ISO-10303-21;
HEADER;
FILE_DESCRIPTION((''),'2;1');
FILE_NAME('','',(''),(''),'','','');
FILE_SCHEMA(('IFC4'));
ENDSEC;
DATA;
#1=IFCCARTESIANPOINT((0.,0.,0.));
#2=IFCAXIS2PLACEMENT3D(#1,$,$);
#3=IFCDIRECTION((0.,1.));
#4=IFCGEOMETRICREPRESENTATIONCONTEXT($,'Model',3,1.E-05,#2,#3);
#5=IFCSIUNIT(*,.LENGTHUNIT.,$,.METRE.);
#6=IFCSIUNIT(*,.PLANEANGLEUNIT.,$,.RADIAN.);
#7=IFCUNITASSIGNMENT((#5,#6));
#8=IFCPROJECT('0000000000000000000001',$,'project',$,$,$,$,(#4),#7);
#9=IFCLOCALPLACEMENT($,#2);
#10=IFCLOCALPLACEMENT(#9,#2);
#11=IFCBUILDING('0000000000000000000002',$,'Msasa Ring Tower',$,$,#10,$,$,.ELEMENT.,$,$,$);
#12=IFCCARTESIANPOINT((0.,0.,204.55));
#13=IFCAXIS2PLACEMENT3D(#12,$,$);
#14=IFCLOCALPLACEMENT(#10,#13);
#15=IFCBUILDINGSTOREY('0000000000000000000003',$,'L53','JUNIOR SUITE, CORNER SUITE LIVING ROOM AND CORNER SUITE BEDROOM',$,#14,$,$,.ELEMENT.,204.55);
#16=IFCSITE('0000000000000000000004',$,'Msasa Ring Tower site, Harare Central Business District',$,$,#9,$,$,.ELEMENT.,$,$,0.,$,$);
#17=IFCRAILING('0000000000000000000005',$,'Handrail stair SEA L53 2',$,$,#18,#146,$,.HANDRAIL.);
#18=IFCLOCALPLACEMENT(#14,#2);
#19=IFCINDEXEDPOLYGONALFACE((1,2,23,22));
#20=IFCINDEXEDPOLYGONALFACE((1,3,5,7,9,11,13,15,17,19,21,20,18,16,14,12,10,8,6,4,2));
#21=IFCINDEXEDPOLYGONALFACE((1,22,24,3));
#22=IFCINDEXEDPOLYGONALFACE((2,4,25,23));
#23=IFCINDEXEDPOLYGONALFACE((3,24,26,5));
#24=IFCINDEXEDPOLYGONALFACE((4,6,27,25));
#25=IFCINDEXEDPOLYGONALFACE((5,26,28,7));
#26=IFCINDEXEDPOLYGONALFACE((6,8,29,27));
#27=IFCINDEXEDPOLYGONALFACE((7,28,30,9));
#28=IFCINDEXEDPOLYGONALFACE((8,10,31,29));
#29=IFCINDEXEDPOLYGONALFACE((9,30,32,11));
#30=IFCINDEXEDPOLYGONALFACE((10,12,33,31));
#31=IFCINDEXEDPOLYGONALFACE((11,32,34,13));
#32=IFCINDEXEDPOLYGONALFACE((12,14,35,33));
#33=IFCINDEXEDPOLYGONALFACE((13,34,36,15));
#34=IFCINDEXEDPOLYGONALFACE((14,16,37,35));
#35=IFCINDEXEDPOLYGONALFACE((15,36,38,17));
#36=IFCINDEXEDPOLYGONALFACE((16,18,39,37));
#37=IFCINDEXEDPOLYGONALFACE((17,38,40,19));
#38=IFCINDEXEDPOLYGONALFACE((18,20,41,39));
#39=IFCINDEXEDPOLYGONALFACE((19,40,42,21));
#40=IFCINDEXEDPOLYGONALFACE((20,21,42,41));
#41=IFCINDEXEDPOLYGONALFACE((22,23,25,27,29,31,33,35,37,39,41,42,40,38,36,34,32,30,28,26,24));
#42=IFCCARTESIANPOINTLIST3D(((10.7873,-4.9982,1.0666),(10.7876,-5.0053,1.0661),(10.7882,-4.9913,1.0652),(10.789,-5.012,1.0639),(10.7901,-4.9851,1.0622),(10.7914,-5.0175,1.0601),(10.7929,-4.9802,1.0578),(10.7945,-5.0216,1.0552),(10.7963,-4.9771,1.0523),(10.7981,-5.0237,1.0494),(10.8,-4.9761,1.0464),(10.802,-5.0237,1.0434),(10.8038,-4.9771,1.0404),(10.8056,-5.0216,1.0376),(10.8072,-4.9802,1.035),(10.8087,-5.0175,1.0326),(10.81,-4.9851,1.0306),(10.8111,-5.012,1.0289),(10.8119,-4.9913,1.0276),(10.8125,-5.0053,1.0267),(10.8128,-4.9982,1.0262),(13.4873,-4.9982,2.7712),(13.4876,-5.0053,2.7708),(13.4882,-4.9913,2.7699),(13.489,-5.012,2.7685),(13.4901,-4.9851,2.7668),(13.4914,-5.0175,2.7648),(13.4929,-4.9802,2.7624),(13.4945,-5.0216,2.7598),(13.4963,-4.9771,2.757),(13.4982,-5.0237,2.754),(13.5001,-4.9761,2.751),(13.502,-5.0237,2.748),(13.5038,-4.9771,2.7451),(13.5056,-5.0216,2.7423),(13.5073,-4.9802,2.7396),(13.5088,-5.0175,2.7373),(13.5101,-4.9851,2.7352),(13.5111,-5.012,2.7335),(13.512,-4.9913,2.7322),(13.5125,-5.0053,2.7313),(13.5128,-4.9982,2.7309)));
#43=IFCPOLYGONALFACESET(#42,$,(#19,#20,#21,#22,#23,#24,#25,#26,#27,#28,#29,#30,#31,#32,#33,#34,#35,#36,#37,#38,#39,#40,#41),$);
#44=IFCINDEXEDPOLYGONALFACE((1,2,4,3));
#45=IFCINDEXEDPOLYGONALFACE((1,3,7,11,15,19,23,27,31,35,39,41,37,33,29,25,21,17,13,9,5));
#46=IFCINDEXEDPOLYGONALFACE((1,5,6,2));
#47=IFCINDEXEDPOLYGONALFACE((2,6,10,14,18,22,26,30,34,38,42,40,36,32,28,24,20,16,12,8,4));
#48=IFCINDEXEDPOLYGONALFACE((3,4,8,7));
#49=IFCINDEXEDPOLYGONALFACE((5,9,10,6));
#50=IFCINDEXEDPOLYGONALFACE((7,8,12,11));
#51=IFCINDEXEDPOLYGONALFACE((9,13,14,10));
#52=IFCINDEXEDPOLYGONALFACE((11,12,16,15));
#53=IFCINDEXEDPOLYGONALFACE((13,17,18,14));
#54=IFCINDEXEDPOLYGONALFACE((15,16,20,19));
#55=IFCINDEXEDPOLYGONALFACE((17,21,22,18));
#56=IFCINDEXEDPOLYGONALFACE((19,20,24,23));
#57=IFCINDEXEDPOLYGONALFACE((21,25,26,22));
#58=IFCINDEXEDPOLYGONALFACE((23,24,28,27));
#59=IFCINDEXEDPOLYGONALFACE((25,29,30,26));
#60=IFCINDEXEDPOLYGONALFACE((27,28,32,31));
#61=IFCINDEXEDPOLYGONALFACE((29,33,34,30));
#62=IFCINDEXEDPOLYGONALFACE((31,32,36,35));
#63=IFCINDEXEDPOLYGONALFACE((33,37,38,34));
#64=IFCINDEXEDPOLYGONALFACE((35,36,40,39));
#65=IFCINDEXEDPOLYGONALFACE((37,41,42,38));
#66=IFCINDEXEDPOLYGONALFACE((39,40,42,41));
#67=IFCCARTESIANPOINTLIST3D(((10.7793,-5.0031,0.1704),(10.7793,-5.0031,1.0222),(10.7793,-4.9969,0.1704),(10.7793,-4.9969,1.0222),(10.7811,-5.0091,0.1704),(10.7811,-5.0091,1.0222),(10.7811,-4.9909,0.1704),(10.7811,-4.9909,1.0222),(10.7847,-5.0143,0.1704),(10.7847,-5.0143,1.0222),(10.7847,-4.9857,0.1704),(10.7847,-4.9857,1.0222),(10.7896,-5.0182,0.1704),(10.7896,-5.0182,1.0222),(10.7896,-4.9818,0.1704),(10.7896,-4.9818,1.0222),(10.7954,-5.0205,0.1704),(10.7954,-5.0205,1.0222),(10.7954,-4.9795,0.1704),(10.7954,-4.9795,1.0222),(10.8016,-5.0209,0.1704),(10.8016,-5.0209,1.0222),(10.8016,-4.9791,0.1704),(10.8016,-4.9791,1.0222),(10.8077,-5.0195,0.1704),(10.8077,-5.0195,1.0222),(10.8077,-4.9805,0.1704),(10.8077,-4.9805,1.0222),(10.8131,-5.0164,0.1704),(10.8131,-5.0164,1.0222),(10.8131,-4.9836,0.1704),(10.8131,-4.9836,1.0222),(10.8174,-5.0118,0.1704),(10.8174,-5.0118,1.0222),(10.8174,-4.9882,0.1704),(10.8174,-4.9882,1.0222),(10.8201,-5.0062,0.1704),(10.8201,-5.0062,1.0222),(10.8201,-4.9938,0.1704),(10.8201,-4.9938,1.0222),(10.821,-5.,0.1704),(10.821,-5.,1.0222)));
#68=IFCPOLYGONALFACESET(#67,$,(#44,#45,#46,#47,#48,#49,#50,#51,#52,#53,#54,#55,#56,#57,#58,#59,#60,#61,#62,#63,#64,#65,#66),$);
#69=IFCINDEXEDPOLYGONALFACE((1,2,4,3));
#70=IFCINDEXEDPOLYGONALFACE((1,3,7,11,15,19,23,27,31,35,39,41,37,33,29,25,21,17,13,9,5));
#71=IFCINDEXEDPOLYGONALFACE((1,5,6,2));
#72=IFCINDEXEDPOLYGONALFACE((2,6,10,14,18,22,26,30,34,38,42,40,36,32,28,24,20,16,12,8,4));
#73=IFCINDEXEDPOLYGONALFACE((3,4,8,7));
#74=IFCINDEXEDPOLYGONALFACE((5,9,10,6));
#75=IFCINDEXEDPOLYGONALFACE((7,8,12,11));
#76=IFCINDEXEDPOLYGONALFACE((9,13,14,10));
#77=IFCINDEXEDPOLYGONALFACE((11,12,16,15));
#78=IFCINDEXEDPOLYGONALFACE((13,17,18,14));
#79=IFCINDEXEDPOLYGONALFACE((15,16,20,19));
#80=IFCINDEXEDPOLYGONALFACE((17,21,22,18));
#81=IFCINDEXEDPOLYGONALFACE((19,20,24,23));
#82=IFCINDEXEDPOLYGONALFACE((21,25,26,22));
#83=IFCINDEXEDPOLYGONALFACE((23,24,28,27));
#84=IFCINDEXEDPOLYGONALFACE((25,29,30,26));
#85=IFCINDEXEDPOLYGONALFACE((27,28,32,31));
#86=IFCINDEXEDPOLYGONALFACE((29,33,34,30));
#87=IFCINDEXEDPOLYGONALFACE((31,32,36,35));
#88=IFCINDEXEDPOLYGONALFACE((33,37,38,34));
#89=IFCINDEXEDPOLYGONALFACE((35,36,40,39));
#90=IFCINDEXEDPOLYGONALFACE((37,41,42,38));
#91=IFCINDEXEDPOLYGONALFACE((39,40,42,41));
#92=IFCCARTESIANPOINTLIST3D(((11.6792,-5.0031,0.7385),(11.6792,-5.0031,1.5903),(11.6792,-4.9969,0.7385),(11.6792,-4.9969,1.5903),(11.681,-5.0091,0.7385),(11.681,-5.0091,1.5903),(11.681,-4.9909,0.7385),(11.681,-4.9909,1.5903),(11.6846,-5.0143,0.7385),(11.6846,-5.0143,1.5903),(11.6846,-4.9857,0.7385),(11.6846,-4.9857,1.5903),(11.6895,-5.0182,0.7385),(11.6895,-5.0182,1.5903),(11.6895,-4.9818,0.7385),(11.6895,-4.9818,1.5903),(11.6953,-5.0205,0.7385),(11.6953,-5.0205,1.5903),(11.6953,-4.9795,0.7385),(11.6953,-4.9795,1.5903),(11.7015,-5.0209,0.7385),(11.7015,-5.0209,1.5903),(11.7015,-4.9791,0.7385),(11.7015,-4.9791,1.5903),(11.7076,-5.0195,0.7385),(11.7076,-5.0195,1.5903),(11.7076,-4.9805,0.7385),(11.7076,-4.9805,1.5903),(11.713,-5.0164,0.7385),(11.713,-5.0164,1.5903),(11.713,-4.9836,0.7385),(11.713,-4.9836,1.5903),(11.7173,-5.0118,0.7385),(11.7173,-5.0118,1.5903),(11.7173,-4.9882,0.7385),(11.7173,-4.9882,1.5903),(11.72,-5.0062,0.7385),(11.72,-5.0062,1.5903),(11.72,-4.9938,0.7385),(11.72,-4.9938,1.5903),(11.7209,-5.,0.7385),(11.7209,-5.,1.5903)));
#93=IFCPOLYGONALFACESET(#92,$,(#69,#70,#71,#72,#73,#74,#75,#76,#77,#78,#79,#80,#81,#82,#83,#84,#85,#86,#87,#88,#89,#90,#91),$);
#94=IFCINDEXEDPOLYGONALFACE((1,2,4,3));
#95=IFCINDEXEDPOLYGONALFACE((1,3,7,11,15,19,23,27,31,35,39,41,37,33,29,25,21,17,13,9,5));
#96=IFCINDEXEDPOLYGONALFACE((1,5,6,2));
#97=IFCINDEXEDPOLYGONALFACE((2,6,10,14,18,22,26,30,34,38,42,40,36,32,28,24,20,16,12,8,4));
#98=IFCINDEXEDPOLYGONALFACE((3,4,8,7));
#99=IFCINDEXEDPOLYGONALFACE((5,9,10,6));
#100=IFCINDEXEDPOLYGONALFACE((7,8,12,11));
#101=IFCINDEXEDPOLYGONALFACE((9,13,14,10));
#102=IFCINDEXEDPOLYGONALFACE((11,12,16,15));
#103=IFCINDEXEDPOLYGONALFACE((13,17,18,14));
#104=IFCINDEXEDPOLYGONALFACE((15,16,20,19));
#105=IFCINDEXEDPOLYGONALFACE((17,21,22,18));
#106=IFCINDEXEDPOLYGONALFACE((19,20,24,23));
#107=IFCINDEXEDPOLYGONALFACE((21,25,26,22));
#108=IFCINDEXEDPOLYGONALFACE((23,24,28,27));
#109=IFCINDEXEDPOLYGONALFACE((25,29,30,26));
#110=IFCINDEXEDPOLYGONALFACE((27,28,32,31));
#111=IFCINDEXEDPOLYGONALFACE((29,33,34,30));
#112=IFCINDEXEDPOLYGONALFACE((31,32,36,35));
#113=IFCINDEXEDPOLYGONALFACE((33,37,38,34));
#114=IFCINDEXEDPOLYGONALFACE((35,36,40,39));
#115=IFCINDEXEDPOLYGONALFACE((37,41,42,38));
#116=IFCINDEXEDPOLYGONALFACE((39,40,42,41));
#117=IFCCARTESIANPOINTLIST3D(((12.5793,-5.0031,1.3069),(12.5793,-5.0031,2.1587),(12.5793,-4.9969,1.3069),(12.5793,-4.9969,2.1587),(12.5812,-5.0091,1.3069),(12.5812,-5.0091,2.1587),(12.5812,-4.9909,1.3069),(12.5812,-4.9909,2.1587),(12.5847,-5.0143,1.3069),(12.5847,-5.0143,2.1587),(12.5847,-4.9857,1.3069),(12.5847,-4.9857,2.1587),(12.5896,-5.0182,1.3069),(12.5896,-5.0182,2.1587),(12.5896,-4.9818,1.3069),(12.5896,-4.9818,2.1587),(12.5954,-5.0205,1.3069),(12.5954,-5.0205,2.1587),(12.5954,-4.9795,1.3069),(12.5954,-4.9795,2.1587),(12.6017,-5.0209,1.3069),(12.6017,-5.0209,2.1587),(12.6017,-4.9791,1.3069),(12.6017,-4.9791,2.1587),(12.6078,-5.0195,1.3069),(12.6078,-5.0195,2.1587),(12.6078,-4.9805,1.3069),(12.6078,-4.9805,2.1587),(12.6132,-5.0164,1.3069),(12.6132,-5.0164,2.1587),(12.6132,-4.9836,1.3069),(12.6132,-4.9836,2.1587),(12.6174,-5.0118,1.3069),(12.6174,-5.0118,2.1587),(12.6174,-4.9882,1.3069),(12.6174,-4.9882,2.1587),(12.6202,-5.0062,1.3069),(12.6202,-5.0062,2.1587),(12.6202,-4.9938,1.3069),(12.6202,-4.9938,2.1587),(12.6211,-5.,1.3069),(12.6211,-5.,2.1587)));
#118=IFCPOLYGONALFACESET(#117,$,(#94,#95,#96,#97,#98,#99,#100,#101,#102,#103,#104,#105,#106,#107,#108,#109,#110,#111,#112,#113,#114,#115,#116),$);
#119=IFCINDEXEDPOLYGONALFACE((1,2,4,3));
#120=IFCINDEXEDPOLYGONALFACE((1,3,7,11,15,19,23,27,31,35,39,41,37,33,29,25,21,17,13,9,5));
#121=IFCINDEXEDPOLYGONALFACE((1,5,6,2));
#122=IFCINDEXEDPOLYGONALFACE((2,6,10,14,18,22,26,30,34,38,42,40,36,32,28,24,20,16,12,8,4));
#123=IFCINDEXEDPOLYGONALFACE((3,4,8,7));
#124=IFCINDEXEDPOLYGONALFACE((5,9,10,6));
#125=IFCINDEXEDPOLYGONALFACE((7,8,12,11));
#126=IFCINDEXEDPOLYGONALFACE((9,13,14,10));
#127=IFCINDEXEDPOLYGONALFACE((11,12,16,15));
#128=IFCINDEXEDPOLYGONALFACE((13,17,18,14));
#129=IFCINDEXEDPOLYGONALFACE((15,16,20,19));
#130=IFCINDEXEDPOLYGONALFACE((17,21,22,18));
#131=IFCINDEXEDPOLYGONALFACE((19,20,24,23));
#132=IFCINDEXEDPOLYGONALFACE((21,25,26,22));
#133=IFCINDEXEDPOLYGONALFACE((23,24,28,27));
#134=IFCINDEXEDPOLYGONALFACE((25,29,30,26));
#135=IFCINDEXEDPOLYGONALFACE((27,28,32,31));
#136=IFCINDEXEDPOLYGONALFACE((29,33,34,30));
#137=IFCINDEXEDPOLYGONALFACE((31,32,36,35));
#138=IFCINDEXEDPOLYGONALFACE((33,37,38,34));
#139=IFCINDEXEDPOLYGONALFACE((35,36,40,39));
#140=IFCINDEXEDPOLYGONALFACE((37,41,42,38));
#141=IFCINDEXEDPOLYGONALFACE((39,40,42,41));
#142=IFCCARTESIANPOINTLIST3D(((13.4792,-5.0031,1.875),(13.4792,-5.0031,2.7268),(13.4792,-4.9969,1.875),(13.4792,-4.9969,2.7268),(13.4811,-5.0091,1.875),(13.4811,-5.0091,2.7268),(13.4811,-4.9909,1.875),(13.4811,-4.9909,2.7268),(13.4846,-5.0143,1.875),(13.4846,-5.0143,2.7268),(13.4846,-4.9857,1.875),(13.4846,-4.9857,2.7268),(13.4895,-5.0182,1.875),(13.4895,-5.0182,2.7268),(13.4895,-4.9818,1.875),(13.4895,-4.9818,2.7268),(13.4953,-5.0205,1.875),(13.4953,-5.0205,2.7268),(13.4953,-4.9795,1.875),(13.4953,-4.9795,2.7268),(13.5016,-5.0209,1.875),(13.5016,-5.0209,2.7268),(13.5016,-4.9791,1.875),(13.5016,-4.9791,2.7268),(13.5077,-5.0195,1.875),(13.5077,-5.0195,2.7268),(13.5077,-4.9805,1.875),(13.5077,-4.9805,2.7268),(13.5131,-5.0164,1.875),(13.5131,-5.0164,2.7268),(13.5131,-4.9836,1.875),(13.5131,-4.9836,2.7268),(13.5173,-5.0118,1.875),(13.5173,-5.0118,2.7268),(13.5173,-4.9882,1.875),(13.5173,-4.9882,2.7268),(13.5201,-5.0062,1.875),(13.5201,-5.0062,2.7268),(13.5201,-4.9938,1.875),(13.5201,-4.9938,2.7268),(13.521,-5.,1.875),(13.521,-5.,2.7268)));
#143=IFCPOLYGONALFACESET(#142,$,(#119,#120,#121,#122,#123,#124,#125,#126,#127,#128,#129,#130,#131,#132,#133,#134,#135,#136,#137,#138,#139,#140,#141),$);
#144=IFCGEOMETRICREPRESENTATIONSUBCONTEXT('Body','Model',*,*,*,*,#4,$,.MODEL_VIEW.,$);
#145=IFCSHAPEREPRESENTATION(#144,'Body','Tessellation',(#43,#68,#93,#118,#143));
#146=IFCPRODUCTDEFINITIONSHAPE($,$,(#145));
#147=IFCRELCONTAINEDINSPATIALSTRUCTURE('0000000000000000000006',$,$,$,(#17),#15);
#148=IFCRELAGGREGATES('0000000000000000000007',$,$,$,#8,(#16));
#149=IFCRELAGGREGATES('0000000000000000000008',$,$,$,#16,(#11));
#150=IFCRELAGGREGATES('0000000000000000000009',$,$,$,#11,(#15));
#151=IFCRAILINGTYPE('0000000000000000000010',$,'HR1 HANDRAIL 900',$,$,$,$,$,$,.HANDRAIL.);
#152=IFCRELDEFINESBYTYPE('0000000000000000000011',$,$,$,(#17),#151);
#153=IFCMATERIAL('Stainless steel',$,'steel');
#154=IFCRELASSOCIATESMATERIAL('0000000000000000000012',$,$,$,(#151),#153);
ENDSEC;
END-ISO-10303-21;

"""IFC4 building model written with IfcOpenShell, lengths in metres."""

from ifc_helpers import new_model, si_unit, direction, frame, origin, origin_2d, place, context, subcontext, project, spatial, circle, extrude, material, type_object, element, save


model = new_model("IFC4")

# Units and contexts
model_context = context("Model", 3, precision=1e-05, world=origin(), true_north=direction((0.0, 1.0)))
body_context = subcontext(model_context, "Body", "Model", "MODEL_VIEW")
ifc_project = project(units=[si_unit("LENGTHUNIT", "METRE"), si_unit("PLANEANGLEUNIT", "RADIAN")], contexts=[model_context])

# Site, building, storey
site_placement = place(None, origin())
site = spatial("IfcSite", under=ifc_project, at=site_placement, Name="Msasa Ring Tower site, Harare Central Business District", CompositionType="ELEMENT", RefElevation=0.0)
building_placement = place(site_placement, origin())
building = spatial("IfcBuilding", under=site, at=building_placement, Name="Msasa Ring Tower", CompositionType="ELEMENT")
storey_placement = place(building_placement, frame((0.0, 0.0, 204.55)))
storey = spatial("IfcBuildingStorey", under=building, at=storey_placement, Name="L53", Description="JUNIOR SUITE, CORNER SUITE LIVING ROOM AND CORNER SUITE BEDROOM", CompositionType="ELEMENT", Elevation=204.55)

# Railing
ifc_material_1 = material(Name="Stainless steel", Category="steel")
railing_type = type_object("IfcRailingType", Name="HR1 HANDRAIL 900", PredefinedType="HANDRAIL", material=ifc_material_1)
for number, where, name in (
    (1, (10.8, -5.0, 0.1704), "Handrail stair SEA L53 2"),
):
    element("IfcRailing", number, at=place(storey_placement, frame(where)), inside=storey, type_object=railing_type, Name=name, PredefinedType="HANDRAIL", context=body_context, shape_type="SweptSolid", body=[
        extrude(circle(Radius=0.0239, at=origin_2d()), frame((0.0, 0.0, 0.876), z_axis=(0.84558, 0.0, 0.533849), x_axis=(0.0, 1.0, 0.0)), (0.0, 0.0, 1.0), 3.1931),
        extrude(circle(Radius=0.021, at=origin_2d()), origin(), (0.0, 0.0, 1.0), 0.8518),
        extrude(circle(Radius=0.021, at=origin_2d()), frame((0.8999, 0.0, 0.5681)), (0.0, 0.0, 1.0), 0.8518),
        extrude(circle(Radius=0.021, at=origin_2d()), frame((1.8, 0.0, 1.1365)), (0.0, 0.0, 1.0), 0.8518),
        extrude(circle(Radius=0.021, at=origin_2d()), frame((2.7, 0.0, 1.7046)), (0.0, 0.0, 1.0), 0.8518),
    ])

save(model, "model.ifc")
